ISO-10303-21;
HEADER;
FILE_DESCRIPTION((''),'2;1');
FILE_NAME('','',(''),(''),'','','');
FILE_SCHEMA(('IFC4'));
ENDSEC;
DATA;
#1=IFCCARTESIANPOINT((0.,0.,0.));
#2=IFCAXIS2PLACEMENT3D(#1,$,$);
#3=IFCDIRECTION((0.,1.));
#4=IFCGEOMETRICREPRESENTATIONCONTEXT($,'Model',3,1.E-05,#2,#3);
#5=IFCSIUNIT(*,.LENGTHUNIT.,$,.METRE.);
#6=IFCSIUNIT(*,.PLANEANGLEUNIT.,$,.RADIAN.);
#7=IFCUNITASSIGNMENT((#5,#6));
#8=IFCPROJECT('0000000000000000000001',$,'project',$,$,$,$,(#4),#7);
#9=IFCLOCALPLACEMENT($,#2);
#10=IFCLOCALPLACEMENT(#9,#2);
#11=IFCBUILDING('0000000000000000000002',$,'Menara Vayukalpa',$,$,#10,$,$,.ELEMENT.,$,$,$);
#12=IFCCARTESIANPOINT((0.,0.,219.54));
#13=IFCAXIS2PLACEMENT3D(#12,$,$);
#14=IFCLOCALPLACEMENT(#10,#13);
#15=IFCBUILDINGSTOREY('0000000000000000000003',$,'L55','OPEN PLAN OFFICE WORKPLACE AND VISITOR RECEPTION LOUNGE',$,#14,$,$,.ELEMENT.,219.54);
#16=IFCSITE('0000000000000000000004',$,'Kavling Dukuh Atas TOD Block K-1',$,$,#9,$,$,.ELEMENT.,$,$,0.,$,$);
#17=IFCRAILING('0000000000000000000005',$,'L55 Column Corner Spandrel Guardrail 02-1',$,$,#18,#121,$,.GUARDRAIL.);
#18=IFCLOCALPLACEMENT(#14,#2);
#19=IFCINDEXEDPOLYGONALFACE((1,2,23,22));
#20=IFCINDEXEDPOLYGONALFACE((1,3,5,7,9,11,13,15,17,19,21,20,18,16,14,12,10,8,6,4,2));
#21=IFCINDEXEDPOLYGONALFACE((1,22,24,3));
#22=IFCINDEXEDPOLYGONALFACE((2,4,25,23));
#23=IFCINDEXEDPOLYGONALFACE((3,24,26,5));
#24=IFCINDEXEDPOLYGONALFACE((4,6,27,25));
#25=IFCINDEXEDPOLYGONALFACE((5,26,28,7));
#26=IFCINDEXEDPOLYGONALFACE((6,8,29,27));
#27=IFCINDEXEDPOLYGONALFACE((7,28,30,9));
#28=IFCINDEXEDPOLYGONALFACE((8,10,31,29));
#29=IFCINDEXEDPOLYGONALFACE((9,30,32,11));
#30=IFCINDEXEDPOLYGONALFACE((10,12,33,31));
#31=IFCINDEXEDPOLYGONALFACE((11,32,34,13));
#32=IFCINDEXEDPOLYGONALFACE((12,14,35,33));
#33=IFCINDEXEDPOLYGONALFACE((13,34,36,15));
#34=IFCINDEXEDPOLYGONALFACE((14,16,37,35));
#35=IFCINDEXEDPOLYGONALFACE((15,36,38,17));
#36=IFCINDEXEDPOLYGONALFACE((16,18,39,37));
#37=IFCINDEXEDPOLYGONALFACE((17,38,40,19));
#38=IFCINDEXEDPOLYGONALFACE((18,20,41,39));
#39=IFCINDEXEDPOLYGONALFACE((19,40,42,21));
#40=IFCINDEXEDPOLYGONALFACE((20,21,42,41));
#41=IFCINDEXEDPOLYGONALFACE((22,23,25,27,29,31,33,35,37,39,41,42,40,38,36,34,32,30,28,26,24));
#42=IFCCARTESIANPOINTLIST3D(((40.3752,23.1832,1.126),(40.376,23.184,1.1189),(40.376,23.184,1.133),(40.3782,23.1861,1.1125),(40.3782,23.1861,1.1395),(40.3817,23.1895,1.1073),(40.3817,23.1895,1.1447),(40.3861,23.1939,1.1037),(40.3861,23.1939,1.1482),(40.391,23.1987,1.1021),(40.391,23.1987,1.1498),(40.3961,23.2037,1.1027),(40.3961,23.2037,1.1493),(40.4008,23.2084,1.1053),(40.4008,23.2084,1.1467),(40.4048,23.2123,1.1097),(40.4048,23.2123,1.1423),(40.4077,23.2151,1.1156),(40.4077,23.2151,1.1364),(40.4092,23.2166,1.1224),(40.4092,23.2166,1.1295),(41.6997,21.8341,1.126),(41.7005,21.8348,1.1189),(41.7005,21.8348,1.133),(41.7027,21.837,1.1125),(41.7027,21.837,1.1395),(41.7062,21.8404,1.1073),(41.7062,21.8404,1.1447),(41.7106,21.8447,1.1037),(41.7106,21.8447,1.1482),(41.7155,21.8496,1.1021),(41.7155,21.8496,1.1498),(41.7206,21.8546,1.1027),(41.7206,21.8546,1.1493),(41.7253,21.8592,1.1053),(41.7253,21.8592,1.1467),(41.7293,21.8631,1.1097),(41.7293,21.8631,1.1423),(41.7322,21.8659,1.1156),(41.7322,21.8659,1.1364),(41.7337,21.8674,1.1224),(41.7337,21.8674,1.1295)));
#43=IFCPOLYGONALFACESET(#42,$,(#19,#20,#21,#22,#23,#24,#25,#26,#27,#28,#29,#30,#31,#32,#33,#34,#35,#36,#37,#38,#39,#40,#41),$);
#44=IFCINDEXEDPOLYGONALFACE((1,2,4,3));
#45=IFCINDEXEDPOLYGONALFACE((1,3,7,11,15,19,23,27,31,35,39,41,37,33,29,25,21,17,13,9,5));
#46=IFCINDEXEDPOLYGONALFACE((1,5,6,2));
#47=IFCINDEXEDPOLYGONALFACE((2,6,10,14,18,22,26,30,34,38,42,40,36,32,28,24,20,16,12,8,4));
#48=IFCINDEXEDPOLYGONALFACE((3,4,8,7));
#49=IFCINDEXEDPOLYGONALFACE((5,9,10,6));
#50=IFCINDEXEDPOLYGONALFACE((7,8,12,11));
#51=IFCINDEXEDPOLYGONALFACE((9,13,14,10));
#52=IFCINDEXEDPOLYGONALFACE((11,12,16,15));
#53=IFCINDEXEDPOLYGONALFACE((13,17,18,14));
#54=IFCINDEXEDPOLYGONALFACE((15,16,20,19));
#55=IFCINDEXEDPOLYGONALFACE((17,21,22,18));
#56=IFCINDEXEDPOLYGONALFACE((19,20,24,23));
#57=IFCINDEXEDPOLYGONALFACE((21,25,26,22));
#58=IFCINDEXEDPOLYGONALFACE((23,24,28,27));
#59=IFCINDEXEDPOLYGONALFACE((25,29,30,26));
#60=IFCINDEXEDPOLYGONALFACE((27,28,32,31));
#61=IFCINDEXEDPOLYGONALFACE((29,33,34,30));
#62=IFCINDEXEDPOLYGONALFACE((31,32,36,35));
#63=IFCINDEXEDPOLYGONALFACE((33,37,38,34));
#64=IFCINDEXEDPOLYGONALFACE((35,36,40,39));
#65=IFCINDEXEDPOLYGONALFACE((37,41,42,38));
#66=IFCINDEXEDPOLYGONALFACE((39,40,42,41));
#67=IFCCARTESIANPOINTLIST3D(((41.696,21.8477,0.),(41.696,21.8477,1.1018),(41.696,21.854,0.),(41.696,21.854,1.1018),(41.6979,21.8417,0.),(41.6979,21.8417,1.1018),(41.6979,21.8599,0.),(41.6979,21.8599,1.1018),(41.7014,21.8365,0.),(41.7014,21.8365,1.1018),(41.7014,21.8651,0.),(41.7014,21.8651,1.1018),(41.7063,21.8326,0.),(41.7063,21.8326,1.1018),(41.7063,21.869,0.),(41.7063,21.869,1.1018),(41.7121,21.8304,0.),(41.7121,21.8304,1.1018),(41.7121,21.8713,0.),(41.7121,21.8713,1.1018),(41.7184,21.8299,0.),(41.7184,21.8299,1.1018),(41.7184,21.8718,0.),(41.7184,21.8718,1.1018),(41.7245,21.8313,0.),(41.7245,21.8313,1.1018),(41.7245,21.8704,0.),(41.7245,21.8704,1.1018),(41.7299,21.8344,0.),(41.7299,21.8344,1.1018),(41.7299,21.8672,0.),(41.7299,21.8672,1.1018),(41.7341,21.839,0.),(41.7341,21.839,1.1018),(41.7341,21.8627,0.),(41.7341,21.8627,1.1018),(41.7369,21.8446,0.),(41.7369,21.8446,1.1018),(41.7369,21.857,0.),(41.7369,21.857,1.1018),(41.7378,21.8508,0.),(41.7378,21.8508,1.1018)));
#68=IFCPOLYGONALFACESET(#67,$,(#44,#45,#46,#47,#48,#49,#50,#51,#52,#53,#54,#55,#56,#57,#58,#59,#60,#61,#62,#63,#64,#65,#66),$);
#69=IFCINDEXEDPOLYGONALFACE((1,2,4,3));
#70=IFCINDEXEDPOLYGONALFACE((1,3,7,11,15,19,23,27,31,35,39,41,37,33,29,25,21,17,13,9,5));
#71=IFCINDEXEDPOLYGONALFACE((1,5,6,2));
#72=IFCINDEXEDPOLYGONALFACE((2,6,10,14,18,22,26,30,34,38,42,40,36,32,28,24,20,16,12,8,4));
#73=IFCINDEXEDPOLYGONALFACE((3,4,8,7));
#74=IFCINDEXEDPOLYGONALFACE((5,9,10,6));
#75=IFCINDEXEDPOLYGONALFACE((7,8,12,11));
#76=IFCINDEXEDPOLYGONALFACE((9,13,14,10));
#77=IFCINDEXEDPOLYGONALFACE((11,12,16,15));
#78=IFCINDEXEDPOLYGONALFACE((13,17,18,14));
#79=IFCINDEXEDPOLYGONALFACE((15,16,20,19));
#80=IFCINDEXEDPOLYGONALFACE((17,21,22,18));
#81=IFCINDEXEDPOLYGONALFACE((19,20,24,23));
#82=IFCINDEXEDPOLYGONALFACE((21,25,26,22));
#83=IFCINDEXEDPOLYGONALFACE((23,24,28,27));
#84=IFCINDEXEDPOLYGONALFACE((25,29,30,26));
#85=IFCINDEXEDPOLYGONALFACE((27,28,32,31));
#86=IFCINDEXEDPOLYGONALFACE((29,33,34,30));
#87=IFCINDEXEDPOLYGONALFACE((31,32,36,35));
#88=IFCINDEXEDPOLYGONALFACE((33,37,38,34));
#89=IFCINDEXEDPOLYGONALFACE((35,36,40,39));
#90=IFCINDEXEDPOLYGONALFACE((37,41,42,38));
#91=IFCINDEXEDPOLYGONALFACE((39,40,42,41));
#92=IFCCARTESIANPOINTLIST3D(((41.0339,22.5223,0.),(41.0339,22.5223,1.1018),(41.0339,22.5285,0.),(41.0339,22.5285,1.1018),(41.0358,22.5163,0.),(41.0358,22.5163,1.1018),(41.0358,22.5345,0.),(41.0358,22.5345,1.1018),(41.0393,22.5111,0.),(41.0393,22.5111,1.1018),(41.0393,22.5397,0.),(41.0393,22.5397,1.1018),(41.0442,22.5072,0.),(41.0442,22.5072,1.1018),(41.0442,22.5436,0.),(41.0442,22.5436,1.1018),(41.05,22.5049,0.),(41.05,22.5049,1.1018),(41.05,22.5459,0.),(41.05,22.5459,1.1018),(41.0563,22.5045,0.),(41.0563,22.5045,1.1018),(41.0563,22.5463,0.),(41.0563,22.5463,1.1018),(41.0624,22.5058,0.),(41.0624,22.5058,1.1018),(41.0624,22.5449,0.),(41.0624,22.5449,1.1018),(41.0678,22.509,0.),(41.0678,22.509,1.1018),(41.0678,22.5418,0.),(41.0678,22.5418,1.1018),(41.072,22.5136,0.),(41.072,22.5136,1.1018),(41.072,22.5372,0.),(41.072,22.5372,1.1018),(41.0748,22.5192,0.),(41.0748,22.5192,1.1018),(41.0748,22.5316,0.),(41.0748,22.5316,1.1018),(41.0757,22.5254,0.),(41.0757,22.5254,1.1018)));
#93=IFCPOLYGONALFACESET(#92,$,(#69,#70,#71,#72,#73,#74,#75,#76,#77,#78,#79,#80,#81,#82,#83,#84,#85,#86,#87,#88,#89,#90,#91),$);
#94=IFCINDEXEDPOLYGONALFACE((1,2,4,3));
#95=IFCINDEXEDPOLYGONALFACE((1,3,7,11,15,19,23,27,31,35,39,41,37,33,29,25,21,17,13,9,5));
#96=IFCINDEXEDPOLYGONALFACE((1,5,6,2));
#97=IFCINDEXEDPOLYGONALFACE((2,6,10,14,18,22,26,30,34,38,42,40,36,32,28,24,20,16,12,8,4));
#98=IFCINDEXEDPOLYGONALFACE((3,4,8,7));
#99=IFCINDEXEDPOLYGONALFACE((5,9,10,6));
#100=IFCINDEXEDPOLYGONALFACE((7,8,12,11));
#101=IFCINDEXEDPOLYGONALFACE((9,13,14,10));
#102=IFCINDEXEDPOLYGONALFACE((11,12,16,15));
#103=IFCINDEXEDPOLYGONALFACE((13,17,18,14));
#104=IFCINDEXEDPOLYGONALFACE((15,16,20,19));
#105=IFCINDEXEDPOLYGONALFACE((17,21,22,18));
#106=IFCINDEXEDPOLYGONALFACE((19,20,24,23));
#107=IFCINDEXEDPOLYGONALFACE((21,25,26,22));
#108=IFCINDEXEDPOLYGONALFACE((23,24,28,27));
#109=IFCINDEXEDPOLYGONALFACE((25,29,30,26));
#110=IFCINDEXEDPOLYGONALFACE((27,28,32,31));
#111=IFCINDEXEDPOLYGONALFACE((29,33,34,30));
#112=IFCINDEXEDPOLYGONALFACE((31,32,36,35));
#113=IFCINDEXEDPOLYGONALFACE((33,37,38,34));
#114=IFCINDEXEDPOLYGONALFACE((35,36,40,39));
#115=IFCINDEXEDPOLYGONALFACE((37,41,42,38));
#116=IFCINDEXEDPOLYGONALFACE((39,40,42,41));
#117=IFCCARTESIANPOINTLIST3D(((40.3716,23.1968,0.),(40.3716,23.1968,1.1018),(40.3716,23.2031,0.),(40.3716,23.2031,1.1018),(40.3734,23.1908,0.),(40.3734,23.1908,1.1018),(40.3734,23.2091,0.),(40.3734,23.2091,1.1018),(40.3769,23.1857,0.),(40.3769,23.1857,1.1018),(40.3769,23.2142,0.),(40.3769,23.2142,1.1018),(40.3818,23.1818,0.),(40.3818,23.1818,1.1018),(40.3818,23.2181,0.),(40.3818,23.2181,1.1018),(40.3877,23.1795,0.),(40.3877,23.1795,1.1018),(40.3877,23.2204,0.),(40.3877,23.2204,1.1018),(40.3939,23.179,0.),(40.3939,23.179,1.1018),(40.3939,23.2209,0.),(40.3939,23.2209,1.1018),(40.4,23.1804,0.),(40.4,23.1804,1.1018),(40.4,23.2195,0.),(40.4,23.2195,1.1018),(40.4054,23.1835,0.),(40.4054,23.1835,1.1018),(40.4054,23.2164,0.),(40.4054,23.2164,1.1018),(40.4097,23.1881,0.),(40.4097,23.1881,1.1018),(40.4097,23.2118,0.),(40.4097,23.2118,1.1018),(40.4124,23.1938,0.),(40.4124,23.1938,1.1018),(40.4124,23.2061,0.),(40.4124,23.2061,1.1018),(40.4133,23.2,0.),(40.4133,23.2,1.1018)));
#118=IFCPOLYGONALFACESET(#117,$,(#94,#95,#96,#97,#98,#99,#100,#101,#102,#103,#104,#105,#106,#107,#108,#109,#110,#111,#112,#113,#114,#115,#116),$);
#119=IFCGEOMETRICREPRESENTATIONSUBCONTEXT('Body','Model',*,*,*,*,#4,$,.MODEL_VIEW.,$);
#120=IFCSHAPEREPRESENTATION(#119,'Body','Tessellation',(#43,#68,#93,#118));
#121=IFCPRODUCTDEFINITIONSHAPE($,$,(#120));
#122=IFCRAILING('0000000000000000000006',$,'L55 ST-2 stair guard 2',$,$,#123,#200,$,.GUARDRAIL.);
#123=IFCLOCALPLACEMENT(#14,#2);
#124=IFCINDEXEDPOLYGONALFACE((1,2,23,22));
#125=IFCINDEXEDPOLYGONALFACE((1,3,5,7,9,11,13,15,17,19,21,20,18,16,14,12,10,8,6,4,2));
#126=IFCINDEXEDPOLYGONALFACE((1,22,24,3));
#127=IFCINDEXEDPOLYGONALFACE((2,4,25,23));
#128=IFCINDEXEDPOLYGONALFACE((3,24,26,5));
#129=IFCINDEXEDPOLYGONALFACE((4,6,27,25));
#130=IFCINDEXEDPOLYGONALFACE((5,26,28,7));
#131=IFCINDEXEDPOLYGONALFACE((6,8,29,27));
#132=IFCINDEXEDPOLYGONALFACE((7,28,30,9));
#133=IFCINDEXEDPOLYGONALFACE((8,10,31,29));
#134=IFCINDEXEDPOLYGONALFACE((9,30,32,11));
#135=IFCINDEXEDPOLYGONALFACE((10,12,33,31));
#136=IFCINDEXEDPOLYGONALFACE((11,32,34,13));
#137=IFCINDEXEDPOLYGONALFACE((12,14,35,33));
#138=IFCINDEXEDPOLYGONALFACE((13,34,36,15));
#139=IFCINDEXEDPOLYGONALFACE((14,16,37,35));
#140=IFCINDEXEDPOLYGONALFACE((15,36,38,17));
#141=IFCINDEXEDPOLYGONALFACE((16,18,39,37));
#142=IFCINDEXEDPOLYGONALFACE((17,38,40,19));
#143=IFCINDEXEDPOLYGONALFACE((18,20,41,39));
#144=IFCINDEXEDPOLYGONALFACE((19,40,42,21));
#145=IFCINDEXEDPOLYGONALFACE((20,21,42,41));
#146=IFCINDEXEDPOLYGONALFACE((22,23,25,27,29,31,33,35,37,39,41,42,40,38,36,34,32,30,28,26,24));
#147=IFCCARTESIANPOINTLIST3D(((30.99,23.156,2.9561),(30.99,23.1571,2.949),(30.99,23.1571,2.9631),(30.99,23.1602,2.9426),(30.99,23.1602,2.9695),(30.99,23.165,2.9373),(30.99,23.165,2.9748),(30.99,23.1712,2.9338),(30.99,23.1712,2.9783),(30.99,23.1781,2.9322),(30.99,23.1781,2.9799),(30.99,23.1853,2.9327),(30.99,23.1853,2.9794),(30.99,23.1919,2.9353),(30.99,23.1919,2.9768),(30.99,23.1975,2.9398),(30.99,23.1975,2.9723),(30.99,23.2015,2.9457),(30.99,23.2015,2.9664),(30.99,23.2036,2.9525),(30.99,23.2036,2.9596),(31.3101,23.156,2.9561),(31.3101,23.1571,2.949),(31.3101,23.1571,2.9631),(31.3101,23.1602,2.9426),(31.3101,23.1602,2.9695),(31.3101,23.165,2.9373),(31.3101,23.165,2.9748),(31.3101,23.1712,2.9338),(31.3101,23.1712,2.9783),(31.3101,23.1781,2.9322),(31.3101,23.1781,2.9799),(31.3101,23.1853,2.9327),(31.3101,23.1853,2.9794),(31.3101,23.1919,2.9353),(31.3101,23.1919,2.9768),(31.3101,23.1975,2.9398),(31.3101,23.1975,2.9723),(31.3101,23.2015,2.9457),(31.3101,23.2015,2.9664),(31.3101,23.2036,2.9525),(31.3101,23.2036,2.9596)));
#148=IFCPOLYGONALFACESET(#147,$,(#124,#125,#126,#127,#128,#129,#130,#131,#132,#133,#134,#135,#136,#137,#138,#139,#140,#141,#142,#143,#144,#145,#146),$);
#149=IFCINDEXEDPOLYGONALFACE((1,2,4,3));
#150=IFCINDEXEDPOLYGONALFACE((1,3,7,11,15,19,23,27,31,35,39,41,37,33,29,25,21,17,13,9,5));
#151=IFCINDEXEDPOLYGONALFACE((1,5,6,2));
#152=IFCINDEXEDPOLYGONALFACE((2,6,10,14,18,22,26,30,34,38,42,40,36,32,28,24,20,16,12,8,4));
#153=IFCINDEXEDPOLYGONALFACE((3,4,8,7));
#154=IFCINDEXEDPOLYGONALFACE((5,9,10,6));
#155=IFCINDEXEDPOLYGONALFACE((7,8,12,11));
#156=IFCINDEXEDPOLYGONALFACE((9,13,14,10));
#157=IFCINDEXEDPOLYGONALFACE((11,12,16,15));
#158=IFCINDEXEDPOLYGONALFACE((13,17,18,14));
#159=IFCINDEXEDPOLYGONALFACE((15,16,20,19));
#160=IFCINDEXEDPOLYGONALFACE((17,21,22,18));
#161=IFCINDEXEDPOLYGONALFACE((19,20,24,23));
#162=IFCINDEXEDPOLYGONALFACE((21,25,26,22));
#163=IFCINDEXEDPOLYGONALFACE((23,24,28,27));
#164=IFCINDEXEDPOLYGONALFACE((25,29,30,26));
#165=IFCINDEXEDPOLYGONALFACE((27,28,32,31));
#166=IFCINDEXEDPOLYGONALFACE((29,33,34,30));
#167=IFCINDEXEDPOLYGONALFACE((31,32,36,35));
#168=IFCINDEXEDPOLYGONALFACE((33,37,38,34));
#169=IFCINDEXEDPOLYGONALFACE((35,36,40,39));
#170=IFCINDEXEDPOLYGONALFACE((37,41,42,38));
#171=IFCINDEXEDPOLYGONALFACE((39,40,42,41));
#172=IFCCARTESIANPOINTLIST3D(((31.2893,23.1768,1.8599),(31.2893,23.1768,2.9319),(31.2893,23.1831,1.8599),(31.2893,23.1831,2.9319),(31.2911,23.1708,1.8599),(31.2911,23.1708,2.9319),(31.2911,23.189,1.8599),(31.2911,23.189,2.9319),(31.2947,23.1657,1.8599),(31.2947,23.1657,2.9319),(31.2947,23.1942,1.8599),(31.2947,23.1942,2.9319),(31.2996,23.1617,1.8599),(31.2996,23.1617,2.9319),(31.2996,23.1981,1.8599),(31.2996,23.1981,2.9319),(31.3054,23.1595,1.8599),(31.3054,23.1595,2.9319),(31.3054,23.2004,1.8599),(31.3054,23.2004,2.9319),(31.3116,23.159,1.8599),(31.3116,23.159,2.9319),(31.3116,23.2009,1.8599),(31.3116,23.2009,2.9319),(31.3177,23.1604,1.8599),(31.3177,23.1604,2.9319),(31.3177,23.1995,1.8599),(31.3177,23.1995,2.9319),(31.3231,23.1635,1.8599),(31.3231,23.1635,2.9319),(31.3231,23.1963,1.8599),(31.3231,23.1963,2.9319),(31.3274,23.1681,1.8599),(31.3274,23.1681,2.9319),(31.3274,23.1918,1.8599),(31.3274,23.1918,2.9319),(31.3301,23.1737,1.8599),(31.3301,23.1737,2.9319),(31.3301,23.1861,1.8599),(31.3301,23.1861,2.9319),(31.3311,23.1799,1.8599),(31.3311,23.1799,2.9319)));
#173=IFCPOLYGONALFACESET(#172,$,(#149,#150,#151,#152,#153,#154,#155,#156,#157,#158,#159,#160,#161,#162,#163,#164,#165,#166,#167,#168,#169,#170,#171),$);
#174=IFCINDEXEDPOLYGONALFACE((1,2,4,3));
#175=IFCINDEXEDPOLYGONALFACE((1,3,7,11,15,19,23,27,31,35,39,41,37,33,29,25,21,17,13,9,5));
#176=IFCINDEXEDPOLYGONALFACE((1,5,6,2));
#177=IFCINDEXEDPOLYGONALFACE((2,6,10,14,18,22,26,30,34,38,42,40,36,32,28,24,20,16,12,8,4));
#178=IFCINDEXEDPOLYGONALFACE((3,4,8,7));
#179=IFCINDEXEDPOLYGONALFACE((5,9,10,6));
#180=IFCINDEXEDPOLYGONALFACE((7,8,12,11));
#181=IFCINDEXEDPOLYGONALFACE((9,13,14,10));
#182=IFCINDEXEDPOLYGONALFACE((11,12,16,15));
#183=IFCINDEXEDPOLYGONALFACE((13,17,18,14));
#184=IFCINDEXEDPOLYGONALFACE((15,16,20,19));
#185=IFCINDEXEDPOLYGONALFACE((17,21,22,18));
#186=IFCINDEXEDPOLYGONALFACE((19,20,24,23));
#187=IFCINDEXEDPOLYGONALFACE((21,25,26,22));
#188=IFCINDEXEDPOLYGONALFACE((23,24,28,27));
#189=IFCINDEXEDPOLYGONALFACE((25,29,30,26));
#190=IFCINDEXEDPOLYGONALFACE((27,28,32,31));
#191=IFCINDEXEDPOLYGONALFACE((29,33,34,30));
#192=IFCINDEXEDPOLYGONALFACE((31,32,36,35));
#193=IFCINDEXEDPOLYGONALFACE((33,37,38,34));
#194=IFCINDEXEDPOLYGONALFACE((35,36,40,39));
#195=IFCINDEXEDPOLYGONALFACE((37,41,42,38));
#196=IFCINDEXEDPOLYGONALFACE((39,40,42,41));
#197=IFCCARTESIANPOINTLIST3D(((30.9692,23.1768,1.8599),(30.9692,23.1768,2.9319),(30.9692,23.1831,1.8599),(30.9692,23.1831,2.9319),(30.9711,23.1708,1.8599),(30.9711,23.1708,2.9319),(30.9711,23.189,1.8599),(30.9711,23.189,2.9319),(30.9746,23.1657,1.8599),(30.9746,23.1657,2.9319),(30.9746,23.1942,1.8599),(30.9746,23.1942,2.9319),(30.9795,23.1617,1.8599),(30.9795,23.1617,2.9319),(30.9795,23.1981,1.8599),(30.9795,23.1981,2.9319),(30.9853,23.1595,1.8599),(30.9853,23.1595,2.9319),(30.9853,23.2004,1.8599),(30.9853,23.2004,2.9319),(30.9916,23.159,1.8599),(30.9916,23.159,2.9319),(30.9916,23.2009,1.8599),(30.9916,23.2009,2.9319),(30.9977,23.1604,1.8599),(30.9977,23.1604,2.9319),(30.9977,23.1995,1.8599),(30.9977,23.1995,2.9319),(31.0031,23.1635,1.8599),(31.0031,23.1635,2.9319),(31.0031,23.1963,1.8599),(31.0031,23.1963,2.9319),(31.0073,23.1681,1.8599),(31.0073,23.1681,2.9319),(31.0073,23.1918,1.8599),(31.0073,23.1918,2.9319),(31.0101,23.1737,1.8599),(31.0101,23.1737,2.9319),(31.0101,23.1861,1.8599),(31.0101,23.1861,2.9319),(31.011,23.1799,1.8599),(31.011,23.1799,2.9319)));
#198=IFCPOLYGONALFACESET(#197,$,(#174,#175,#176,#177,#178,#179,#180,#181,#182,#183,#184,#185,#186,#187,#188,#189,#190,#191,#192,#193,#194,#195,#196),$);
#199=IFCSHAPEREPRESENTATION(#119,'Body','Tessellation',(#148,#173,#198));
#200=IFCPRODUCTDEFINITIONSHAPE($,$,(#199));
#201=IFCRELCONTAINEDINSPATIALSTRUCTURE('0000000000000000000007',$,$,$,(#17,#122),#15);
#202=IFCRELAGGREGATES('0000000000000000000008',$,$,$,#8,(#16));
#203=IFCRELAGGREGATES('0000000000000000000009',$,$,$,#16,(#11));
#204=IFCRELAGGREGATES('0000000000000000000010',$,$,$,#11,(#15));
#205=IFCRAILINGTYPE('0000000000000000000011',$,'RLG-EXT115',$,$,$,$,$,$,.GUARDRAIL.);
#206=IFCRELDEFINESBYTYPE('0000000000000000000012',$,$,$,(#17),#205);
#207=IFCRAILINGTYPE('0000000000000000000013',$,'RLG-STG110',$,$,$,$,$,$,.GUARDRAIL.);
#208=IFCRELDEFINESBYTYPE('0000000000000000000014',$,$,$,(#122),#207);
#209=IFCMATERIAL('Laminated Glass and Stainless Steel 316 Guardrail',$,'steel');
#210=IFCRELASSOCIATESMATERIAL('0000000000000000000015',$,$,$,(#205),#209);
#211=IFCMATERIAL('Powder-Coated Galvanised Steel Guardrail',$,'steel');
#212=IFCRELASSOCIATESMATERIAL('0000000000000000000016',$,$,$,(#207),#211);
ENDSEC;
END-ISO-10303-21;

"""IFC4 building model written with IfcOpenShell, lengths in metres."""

from ifc_helpers import new_model, si_unit, direction, frame, origin, origin_2d, place, context, subcontext, project, spatial, circle, extrude, material, type_object, element, save


model = new_model("IFC4")

# Units and contexts
model_context = context("Model", 3, precision=1e-05, world=origin(), true_north=direction((0.0, 1.0)))
body_context = subcontext(model_context, "Body", "Model", "MODEL_VIEW")
ifc_project = project(units=[si_unit("LENGTHUNIT", "METRE"), si_unit("PLANEANGLEUNIT", "RADIAN")], contexts=[model_context])

# Site, building, storey
site_placement = place(None, origin())
site = spatial("IfcSite", under=ifc_project, at=site_placement, Name="Kavling Dukuh Atas TOD Block K-1", CompositionType="ELEMENT", RefElevation=0.0)
building_placement = place(site_placement, origin())
building = spatial("IfcBuilding", under=site, at=building_placement, Name="Menara Vayukalpa", CompositionType="ELEMENT")
storey_placement = place(building_placement, frame((0.0, 0.0, 219.54)))
storey = spatial("IfcBuildingStorey", under=building, at=storey_placement, Name="L55", Description="OPEN PLAN OFFICE WORKPLACE AND VISITOR RECEPTION LOUNGE", CompositionType="ELEMENT", Elevation=219.54)

# Railings
ifc_material_1 = material(Name="Laminated Glass and Stainless Steel 316 Guardrail", Category="steel")
railing_type_1 = type_object("IfcRailingType", Name="RLG-EXT115", PredefinedType="GUARDRAIL", material=ifc_material_1)
railing_1_placement = place(storey_placement, frame((41.7168, 21.8508, 0.0)))
element("IfcRailing", 1, at=railing_1_placement, inside=storey, type_object=railing_type_1, Name="L55 Column Corner Spandrel Guardrail 02-1", PredefinedType="GUARDRAIL", context=body_context, shape_type="SweptSolid", body=[
    extrude(circle(Radius=0.0239, at=origin_2d()), frame((0.0, 0.0, 1.126), z_axis=(-0.700555, 0.713598, 0.0), x_axis=(-0.713598, -0.700555, 0.0)), (0.0, 0.0, 1.0), 1.8906),
    extrude(circle(Radius=0.021, at=origin_2d()), origin(), (0.0, 0.0, 1.0), 1.1018),
    extrude(circle(Radius=0.021, at=origin_2d()), frame((-0.6621, 0.6746, 0.0)), (0.0, 0.0, 1.0), 1.1018),
    extrude(circle(Radius=0.021, at=origin_2d()), frame((-1.3245, 1.3491, 0.0)), (0.0, 0.0, 1.0), 1.1018),
])
ifc_material_2 = material(Name="Powder-Coated Galvanised Steel Guardrail", Category="steel")
railing_type_2 = type_object("IfcRailingType", Name="RLG-STG110", PredefinedType="GUARDRAIL", material=ifc_material_2)
railing_2_placement = place(storey_placement, frame((31.3101, 23.1799, 1.8599)))
element("IfcRailing", 2, at=railing_2_placement, inside=storey, type_object=railing_type_2, Name="L55 ST-2 stair guard 2", PredefinedType="GUARDRAIL", context=body_context, shape_type="SweptSolid", body=[
    extrude(circle(Radius=0.0239, at=origin_2d()), frame((0.0, 0.0, 1.0962), z_axis=(-1.0, 0.0, 0.0), x_axis=(0.0, -1.0, 0.0)), (0.0, 0.0, 1.0), 0.3201),
    extrude(circle(Radius=0.021, at=origin_2d()), origin(), (0.0, 0.0, 1.0), 1.072),
    extrude(circle(Radius=0.021, at=origin_2d()), frame((-0.3201, 0.0, 0.0)), (0.0, 0.0, 1.0), 1.072),
])

save(model, "model.ifc")
